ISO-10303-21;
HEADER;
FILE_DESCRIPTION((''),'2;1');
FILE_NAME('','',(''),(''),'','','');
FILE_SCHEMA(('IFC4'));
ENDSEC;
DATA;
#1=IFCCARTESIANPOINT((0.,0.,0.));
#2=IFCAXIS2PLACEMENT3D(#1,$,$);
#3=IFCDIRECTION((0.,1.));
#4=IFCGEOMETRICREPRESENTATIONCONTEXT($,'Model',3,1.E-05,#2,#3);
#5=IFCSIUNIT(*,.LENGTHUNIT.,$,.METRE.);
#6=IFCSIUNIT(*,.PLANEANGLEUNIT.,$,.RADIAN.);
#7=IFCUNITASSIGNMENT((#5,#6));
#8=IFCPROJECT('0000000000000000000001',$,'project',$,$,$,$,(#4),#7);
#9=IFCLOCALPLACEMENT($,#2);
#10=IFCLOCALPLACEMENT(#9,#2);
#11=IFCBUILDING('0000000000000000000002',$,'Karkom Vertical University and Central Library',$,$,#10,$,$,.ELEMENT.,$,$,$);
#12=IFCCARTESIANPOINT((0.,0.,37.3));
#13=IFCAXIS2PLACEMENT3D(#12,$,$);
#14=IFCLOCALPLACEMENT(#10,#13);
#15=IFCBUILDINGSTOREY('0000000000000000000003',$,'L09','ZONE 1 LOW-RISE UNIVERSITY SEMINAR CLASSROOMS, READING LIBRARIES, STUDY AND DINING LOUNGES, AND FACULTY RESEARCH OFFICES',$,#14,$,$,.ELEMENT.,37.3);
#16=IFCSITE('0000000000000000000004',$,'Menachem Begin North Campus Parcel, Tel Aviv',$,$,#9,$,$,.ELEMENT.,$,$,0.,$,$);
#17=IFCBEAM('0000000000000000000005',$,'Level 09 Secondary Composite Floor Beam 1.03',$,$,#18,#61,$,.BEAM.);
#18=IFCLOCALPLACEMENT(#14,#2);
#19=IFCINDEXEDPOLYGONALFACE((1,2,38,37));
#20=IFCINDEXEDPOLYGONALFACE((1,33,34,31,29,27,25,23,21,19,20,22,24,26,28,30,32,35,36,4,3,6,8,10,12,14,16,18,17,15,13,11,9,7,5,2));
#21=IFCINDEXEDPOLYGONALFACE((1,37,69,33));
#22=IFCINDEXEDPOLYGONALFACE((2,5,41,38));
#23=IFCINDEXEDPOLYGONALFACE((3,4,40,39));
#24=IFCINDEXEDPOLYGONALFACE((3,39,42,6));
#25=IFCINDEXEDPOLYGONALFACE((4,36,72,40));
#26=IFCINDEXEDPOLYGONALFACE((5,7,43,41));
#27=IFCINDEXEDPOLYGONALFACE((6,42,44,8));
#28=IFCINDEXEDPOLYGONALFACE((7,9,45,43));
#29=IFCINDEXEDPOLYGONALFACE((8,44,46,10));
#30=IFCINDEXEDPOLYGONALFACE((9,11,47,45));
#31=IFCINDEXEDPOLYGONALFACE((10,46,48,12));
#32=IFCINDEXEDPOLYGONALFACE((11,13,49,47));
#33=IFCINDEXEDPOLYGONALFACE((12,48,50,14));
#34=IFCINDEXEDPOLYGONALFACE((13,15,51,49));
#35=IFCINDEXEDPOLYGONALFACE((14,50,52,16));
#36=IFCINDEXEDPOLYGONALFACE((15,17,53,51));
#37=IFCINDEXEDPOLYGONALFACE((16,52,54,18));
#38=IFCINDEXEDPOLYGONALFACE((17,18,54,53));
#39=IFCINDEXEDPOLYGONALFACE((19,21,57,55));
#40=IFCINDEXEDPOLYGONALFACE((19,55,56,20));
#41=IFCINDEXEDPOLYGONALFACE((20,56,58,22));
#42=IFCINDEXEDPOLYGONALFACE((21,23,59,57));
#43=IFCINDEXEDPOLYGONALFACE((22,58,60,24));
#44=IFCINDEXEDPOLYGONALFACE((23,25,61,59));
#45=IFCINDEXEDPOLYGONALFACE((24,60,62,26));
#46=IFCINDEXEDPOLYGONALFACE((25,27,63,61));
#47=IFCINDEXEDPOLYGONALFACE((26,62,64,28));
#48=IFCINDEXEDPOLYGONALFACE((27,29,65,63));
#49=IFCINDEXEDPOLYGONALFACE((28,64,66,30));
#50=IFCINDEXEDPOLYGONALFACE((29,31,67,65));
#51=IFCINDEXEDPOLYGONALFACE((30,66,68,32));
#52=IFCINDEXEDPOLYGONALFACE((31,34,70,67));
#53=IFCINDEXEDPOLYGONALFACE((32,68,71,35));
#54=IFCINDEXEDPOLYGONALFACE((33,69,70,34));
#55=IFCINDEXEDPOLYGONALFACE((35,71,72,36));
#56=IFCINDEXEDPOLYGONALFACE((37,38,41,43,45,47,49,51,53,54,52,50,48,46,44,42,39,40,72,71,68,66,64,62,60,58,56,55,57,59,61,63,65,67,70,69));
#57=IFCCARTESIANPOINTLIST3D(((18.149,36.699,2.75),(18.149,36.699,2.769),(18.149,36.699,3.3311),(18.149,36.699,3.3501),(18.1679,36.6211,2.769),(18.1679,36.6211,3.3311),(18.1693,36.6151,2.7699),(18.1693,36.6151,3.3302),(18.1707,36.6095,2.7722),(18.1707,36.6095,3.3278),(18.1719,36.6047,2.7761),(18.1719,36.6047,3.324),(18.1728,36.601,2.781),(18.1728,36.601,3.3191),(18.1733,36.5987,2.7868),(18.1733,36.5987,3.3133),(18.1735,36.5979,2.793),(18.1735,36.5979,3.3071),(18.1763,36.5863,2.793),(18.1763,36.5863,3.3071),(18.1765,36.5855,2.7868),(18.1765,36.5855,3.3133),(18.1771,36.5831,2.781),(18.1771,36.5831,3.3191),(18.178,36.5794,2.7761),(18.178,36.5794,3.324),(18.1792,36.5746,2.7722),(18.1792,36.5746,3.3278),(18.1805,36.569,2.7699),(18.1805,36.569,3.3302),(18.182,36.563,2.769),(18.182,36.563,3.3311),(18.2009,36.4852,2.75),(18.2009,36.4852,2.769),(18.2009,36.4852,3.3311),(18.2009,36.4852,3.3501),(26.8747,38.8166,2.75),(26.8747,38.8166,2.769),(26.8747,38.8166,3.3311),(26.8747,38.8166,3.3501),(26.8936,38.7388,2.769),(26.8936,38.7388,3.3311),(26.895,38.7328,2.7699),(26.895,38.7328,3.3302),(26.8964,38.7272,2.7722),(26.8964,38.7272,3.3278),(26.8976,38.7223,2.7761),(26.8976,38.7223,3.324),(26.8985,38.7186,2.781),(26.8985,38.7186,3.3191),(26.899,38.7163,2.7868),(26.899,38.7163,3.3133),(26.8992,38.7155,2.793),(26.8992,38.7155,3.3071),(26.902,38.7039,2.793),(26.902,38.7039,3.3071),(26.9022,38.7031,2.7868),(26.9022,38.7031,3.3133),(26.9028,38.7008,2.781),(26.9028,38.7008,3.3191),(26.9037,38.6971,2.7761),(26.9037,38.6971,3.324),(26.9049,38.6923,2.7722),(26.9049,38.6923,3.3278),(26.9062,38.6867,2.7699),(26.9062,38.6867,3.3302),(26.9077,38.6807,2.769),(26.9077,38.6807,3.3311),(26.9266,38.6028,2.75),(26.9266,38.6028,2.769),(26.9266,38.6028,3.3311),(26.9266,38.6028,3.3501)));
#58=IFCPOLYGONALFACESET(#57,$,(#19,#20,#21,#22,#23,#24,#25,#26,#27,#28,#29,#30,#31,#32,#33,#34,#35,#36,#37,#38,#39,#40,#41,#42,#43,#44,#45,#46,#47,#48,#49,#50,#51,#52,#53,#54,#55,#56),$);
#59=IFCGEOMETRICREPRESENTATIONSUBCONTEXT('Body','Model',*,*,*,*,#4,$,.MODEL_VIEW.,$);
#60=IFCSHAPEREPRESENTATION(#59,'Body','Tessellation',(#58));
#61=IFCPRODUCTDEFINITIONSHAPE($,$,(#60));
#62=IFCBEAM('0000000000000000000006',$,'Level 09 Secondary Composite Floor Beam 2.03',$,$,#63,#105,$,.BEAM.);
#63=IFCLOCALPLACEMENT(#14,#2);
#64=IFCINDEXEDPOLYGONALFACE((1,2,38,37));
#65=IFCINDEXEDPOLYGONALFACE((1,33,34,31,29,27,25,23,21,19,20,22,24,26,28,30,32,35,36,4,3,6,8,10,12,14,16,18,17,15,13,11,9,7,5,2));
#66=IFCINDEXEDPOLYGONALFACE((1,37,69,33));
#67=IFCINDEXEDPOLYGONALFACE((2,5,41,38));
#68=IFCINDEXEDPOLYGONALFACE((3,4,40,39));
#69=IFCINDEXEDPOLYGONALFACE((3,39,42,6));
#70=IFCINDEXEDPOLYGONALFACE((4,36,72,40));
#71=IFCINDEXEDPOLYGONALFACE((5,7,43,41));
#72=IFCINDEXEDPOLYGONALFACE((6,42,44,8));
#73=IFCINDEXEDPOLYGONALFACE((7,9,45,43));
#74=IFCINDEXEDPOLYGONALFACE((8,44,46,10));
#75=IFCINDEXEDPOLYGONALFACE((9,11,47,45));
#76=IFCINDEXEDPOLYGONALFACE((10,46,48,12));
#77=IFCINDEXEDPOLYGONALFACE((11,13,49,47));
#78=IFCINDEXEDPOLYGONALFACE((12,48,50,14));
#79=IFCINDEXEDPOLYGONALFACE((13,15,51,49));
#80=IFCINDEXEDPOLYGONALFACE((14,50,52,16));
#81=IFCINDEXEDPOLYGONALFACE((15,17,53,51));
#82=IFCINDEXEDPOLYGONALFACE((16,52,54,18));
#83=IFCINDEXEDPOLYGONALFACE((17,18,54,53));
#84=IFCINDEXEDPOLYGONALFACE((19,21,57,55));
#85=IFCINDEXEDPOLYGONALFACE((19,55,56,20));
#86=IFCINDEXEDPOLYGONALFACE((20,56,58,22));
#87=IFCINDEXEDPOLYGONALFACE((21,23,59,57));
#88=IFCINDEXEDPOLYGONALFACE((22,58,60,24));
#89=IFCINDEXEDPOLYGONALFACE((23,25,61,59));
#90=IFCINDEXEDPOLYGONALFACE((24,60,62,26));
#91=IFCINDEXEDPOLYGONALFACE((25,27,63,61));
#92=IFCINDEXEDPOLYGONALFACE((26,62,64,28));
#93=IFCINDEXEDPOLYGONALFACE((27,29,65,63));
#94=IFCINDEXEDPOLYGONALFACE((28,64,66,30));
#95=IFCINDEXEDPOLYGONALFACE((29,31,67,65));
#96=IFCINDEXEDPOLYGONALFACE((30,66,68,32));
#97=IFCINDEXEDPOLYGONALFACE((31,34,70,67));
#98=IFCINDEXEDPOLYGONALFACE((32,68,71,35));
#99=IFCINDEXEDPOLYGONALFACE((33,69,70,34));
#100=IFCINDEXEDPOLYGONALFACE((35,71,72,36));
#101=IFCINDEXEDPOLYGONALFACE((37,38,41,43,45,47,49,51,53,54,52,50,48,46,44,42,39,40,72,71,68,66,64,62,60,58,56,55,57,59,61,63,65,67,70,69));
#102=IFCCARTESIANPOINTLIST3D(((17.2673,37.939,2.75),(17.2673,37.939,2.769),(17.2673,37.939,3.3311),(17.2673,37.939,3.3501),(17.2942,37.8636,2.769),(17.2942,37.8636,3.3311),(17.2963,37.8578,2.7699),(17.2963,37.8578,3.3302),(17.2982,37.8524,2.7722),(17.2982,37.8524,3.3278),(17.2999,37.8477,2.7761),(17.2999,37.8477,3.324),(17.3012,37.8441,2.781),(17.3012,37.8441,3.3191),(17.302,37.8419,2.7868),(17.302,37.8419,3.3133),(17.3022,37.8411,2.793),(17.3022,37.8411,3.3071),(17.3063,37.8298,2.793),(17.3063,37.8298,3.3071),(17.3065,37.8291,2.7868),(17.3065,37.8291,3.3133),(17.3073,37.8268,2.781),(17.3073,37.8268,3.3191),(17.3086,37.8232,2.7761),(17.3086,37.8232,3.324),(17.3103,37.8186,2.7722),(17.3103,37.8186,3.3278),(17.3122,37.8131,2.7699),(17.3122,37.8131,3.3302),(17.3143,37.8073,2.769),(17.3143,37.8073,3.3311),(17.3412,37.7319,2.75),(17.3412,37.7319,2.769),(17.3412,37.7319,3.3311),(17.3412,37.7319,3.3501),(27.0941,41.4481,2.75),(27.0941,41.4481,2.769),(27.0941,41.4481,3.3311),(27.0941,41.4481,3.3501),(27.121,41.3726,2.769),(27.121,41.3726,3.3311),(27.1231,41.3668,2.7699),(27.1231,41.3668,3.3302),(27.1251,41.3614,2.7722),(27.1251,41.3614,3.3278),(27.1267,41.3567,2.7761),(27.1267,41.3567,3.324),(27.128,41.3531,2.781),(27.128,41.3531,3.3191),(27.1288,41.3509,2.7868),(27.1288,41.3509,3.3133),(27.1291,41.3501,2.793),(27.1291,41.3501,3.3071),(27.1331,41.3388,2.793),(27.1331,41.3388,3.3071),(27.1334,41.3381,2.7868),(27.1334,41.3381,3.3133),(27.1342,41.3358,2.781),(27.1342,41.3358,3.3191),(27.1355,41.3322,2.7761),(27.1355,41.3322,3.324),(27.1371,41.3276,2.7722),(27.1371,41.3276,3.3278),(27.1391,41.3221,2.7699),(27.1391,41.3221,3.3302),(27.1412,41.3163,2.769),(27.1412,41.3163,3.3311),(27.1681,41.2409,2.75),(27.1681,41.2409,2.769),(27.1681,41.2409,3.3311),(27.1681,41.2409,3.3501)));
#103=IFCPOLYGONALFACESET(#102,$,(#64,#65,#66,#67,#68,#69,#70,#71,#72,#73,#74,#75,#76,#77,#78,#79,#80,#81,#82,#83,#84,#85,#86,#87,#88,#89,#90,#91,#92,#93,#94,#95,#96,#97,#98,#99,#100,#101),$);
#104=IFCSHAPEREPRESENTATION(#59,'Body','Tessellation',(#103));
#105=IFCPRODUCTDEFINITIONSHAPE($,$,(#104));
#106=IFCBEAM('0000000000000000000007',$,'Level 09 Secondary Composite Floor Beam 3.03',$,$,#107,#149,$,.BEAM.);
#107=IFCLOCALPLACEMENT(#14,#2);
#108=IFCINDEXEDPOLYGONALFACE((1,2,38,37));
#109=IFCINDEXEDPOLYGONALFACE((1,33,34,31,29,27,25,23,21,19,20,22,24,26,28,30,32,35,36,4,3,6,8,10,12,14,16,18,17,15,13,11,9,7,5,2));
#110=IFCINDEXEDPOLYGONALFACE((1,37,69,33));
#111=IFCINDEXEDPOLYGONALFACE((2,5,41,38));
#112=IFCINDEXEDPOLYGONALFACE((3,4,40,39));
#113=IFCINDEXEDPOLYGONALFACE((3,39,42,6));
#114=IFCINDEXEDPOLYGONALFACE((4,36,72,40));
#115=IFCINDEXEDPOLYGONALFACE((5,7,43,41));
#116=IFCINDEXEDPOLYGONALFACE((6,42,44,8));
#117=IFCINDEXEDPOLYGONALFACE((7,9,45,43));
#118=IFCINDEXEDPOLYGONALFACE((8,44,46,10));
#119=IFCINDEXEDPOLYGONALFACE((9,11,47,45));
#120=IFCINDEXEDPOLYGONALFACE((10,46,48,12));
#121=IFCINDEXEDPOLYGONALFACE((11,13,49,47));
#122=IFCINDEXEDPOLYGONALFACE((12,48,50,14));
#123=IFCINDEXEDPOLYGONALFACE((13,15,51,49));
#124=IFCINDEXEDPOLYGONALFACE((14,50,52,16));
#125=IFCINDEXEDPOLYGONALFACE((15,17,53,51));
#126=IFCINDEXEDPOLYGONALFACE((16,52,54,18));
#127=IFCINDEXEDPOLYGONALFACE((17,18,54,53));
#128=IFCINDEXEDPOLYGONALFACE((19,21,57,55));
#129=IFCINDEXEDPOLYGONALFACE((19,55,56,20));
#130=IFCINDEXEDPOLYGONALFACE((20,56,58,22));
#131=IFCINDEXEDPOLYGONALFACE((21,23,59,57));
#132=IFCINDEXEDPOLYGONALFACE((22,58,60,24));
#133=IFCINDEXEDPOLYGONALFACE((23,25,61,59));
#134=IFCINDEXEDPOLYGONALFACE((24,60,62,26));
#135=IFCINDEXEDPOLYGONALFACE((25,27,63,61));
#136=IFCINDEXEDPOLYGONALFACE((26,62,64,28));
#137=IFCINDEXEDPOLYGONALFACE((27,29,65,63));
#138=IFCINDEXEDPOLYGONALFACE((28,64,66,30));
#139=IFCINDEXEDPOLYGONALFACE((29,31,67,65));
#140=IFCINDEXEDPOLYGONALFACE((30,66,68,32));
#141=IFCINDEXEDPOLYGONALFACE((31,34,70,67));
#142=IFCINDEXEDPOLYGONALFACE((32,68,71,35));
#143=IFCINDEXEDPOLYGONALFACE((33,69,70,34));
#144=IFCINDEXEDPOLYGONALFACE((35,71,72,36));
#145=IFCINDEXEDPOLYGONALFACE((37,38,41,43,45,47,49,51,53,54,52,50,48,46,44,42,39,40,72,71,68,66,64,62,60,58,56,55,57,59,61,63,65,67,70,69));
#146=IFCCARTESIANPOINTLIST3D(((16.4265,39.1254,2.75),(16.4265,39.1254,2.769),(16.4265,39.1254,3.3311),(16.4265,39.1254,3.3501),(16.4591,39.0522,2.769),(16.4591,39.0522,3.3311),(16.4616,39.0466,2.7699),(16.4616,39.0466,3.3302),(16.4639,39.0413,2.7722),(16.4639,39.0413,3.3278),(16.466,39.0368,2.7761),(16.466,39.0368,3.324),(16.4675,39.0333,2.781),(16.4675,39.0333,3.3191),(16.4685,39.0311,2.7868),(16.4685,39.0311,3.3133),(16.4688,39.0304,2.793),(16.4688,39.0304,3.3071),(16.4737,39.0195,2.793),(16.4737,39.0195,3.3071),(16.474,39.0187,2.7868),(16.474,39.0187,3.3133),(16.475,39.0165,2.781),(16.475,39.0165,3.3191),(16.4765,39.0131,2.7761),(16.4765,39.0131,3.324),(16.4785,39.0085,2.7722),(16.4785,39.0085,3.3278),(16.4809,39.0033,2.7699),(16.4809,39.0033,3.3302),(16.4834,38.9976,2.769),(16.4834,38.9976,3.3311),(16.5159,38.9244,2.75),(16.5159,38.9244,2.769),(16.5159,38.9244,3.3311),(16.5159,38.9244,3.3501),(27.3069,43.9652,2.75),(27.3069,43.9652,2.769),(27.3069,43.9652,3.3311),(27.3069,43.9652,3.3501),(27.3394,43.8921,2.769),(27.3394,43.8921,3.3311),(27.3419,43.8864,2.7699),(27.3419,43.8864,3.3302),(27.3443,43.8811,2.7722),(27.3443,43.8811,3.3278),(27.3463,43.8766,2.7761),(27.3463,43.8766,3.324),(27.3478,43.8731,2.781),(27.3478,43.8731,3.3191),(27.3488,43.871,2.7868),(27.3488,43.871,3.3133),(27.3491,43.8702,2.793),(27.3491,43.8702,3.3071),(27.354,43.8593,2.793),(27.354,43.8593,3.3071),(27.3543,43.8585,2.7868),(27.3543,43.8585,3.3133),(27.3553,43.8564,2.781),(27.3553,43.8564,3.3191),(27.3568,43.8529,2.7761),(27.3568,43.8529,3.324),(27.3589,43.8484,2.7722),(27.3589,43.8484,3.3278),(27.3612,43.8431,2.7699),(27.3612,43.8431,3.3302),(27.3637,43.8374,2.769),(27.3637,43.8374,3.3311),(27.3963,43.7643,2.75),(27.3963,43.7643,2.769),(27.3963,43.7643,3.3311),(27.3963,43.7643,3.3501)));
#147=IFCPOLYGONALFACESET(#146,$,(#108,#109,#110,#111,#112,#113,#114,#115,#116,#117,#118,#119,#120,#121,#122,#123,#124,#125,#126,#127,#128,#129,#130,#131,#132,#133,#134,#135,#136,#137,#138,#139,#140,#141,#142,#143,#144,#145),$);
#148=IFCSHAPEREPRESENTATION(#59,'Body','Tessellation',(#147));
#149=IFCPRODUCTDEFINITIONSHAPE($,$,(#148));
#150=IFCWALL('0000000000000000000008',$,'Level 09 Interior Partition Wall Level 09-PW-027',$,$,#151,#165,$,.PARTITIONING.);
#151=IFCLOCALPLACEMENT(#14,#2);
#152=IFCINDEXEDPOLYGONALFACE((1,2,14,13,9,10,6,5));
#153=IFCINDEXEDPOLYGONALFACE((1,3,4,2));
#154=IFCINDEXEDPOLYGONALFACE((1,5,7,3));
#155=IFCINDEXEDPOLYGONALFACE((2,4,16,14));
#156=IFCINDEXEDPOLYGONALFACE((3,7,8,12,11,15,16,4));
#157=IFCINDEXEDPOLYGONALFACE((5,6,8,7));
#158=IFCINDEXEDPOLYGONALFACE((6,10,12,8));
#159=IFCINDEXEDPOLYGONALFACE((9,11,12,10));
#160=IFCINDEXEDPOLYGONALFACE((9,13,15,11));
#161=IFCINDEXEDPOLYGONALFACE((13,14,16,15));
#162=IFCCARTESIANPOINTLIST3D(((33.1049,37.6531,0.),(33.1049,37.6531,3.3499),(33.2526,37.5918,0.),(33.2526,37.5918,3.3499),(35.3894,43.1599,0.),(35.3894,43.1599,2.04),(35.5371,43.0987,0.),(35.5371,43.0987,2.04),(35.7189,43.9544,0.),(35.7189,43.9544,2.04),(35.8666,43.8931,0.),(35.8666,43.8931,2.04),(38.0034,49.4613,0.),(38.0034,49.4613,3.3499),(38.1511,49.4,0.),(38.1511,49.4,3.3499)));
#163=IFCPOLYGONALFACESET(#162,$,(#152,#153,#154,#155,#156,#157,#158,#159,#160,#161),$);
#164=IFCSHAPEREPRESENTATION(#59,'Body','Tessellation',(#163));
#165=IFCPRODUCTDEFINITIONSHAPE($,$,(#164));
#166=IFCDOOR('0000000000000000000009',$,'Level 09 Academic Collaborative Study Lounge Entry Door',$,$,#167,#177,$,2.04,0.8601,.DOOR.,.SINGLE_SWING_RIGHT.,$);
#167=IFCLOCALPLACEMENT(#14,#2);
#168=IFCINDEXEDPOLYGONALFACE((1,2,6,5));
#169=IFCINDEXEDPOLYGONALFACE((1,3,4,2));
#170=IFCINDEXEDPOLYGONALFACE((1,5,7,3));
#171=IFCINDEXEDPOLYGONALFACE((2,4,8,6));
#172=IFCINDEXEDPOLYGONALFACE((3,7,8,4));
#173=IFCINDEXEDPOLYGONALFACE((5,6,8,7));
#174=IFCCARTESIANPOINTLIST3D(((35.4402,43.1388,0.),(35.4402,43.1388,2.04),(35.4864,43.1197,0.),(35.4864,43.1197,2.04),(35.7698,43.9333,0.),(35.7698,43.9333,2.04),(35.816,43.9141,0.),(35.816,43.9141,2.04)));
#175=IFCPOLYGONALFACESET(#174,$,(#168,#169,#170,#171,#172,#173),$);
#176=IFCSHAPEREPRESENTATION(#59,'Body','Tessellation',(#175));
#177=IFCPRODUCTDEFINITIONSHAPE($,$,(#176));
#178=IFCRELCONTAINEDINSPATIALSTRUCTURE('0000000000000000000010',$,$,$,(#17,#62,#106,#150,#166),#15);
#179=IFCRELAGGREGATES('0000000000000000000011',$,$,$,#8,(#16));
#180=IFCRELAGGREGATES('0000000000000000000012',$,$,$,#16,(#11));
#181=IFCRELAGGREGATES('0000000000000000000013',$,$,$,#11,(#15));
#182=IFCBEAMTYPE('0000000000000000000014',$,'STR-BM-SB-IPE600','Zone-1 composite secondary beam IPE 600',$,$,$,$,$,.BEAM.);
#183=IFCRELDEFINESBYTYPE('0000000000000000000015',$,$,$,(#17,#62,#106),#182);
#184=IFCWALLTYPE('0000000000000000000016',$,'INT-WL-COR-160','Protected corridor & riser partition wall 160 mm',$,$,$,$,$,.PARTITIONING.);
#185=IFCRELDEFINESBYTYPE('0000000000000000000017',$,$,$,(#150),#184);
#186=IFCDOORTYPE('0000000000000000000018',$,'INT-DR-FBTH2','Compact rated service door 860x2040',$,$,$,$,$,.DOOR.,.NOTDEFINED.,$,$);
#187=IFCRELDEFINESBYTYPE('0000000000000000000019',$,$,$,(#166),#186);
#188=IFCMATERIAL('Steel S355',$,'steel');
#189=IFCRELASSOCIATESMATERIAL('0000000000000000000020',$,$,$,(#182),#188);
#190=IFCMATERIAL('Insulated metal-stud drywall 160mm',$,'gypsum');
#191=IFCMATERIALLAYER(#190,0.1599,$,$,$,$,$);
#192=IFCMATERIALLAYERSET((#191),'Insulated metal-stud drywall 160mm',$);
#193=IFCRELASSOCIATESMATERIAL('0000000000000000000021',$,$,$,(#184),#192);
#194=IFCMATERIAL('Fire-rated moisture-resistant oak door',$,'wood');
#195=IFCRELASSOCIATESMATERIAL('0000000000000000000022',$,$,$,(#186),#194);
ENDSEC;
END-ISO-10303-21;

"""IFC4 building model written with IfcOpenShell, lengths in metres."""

from ifc_helpers import new_model, si_unit, direction, frame, frame_2d, origin, origin_with_axes, origin_2d, place, context, subcontext, project, spatial, rectangle, i_section, extrude, source, transform, mapped, material, layer, layer_set, material_profile, profile_set, type_object, element, fill, save


model = new_model("IFC4")

# Units and contexts
model_context = context("Model", 3, precision=1e-05, world=origin(), true_north=direction((0.0, 1.0)))
body_context = subcontext(model_context, "Body", "Model", "MODEL_VIEW")
ifc_project = project(units=[si_unit("LENGTHUNIT", "METRE"), si_unit("PLANEANGLEUNIT", "RADIAN")], contexts=[model_context])

# Site, building, storey
site_placement = place(None, origin())
site = spatial("IfcSite", under=ifc_project, at=site_placement, Name="Menachem Begin North Campus Parcel, Tel Aviv", CompositionType="ELEMENT", RefElevation=0.0)
building_placement = place(site_placement, origin())
building = spatial("IfcBuilding", under=site, at=building_placement, Name="Karkom Vertical University and Central Library", CompositionType="ELEMENT")
storey_placement = place(building_placement, frame((0.0, 0.0, 37.3)))
storey = spatial("IfcBuildingStorey", under=building, at=storey_placement, Name="L09", Description="ZONE 1 LOW-RISE UNIVERSITY SEMINAR CLASSROOMS, READING LIBRARIES, STUDY AND DINING LOUNGES, AND FACULTY RESEARCH OFFICES", CompositionType="ELEMENT", Elevation=37.3)

# Beams
ifc_material_1 = material(Name="Steel S355", Category="steel")
ifc_material_profile_1 = material_profile(ifc_material_1, i_section(OverallWidth=0.22, OverallDepth=0.6001, WebThickness=0.012, FlangeThickness=0.019, FilletRadius=0.0239, at=origin_2d()), Name="IPE 600")
ifc_profile_set_1 = profile_set([ifc_material_profile_1], Name="Steel S355")
beam_type_1 = type_object("IfcBeamType", Name="STR-BM-SB-IPE600", Description="Zone-1 composite secondary beam IPE 600", PredefinedType="BEAM", material=ifc_profile_set_1)
shared_shape_1 = source(origin_with_axes(), body_context, "Body", "SweptSolid", [
    extrude(i_section(OverallWidth=0.22, OverallDepth=0.6001, WebThickness=0.012, FlangeThickness=0.019, FilletRadius=0.0239, at=origin_2d()), origin(), (0.0, 0.0, 1.0), 8.979),
])
beam_1_placement = place(storey_placement, frame((26.9006, 38.7097, 3.05), z_axis=(-0.971791, -0.235844, 0.0), x_axis=(0.235844, -0.971791, 0.0)))
element("IfcBeam", 1, at=beam_1_placement, inside=storey, type_object=beam_type_1, Name="Level 09 Secondary Composite Floor Beam 1.03", PredefinedType="BEAM", context=body_context, shape_type="MappedRepresentation", body=[
    mapped(shared_shape_1, transform((0.0, 0.0, 0.0), scale=1.0)),
])
shared_shape_2 = source(origin_with_axes(), body_context, "Body", "SweptSolid", [
    extrude(i_section(OverallWidth=0.22, OverallDepth=0.6001, WebThickness=0.012, FlangeThickness=0.019, FilletRadius=0.0239, at=origin_2d()), origin(), (0.0, 0.0, 1.0), 10.4346),
])
beam_2_placement = place(storey_placement, frame((27.1311, 41.3445, 3.05), z_axis=(-0.941759, -0.336287, 0.0), x_axis=(0.336287, -0.941759, 0.0)))
element("IfcBeam", 2, at=beam_2_placement, inside=storey, type_object=beam_type_1, Name="Level 09 Secondary Composite Floor Beam 2.03", PredefinedType="BEAM", context=body_context, shape_type="MappedRepresentation", body=[
    mapped(shared_shape_2, transform((0.0, 0.0, 0.0), scale=1.0)),
])
shared_shape_3 = source(origin_with_axes(), body_context, "Body", "SweptSolid", [
    extrude(i_section(OverallWidth=0.22, OverallDepth=0.6001, WebThickness=0.012, FlangeThickness=0.019, FilletRadius=0.0239, at=origin_2d()), origin(), (0.0, 0.0, 1.0), 11.9082),
])
beam_3_placement = place(storey_placement, frame((27.3516, 43.8647, 3.05), z_axis=(-0.913683, -0.406428, 0.0), x_axis=(0.406428, -0.913683, 0.0)))
element("IfcBeam", 3, at=beam_3_placement, inside=storey, type_object=beam_type_1, Name="Level 09 Secondary Composite Floor Beam 3.03", PredefinedType="BEAM", context=body_context, shape_type="MappedRepresentation", body=[
    mapped(shared_shape_3, transform((0.0, 0.0, 0.0), scale=1.0)),
])

# Wall, opening, door
ifc_material_2 = material(Name="Insulated metal-stud drywall 160mm", Category="gypsum")
ifc_layer_1 = layer(ifc_material_2, 0.1599)
ifc_layer_set_1 = layer_set([ifc_layer_1], Name="Insulated metal-stud drywall 160mm")
wall_type_1 = type_object("IfcWallType", Name="INT-WL-COR-160", Description="Protected corridor & riser partition wall 160 mm", PredefinedType="PARTITIONING", material=ifc_layer_set_1)
wall_1_placement = place(storey_placement, frame((33.1787, 37.6223, 0.0), z_axis=(0.0, 0.0, 1.0), x_axis=(0.383175, 0.923676, 0.0)))
wall_1 = element("IfcWall", 4, at=wall_1_placement, inside=storey, type_object=wall_type_1, Name="Level 09 Interior Partition Wall Level 09-PW-027", PredefinedType="PARTITIONING", context=body_context, shape_type="SweptSolid", body=[
    extrude(rectangle(XDim=12.7839, YDim=0.1599, at=frame_2d((6.3921, 0.0))), origin(), (0.0, 0.0, 1.0), 3.3499),
])
opening_1_placement = place(wall_1_placement, frame((5.9619, 0.0, 0.0)))
opening_1 = element("IfcOpeningElement", 5, at=opening_1_placement, cuts=wall_1, PredefinedType="OPENING", context=body_context, shape_type="SweptSolid", body=[
    extrude(rectangle(XDim=0.8601, YDim=2.04, at=frame_2d((0.4302, 1.02))), frame((0.0, 0.0898, 0.0), z_axis=(0.0, -1.0, 0.0), x_axis=(1.0, 0.0, 0.0)), (0.0, 0.0, 1.0), 0.1799),
])
ifc_material_3 = material(Name="Fire-rated moisture-resistant oak door", Category="wood")
door_type_1 = type_object("IfcDoorType", Name="INT-DR-FBTH2", Description="Compact rated service door 860x2040", OperationType="NOTDEFINED", PredefinedType="DOOR", material=ifc_material_3)
shared_shape_4 = source(origin_with_axes(), body_context, "Body", "SweptSolid", [
    extrude(rectangle(XDim=0.8601, YDim=2.04, at=frame_2d((0.4302, 1.02))), frame((0.0, 0.0249, 0.0), z_axis=(0.0, -1.0, 0.0), x_axis=(1.0, 0.0, 0.0)), (0.0, 0.0, 1.0), 0.05),
])
door_1_placement = place(opening_1_placement, origin())
door_1 = element("IfcDoor", 6, at=door_1_placement, inside=storey, type_object=door_type_1, Name="Level 09 Academic Collaborative Study Lounge Entry Door", OperationType="SINGLE_SWING_RIGHT", OverallHeight=2.04, OverallWidth=0.8601, PredefinedType="DOOR", context=body_context, shape_type="MappedRepresentation", body=[
    mapped(shared_shape_4, transform((0.0, 0.0, 0.0), scale=1.0)),
])
fill(opening_1, door_1)

save(model, "model.ifc")
